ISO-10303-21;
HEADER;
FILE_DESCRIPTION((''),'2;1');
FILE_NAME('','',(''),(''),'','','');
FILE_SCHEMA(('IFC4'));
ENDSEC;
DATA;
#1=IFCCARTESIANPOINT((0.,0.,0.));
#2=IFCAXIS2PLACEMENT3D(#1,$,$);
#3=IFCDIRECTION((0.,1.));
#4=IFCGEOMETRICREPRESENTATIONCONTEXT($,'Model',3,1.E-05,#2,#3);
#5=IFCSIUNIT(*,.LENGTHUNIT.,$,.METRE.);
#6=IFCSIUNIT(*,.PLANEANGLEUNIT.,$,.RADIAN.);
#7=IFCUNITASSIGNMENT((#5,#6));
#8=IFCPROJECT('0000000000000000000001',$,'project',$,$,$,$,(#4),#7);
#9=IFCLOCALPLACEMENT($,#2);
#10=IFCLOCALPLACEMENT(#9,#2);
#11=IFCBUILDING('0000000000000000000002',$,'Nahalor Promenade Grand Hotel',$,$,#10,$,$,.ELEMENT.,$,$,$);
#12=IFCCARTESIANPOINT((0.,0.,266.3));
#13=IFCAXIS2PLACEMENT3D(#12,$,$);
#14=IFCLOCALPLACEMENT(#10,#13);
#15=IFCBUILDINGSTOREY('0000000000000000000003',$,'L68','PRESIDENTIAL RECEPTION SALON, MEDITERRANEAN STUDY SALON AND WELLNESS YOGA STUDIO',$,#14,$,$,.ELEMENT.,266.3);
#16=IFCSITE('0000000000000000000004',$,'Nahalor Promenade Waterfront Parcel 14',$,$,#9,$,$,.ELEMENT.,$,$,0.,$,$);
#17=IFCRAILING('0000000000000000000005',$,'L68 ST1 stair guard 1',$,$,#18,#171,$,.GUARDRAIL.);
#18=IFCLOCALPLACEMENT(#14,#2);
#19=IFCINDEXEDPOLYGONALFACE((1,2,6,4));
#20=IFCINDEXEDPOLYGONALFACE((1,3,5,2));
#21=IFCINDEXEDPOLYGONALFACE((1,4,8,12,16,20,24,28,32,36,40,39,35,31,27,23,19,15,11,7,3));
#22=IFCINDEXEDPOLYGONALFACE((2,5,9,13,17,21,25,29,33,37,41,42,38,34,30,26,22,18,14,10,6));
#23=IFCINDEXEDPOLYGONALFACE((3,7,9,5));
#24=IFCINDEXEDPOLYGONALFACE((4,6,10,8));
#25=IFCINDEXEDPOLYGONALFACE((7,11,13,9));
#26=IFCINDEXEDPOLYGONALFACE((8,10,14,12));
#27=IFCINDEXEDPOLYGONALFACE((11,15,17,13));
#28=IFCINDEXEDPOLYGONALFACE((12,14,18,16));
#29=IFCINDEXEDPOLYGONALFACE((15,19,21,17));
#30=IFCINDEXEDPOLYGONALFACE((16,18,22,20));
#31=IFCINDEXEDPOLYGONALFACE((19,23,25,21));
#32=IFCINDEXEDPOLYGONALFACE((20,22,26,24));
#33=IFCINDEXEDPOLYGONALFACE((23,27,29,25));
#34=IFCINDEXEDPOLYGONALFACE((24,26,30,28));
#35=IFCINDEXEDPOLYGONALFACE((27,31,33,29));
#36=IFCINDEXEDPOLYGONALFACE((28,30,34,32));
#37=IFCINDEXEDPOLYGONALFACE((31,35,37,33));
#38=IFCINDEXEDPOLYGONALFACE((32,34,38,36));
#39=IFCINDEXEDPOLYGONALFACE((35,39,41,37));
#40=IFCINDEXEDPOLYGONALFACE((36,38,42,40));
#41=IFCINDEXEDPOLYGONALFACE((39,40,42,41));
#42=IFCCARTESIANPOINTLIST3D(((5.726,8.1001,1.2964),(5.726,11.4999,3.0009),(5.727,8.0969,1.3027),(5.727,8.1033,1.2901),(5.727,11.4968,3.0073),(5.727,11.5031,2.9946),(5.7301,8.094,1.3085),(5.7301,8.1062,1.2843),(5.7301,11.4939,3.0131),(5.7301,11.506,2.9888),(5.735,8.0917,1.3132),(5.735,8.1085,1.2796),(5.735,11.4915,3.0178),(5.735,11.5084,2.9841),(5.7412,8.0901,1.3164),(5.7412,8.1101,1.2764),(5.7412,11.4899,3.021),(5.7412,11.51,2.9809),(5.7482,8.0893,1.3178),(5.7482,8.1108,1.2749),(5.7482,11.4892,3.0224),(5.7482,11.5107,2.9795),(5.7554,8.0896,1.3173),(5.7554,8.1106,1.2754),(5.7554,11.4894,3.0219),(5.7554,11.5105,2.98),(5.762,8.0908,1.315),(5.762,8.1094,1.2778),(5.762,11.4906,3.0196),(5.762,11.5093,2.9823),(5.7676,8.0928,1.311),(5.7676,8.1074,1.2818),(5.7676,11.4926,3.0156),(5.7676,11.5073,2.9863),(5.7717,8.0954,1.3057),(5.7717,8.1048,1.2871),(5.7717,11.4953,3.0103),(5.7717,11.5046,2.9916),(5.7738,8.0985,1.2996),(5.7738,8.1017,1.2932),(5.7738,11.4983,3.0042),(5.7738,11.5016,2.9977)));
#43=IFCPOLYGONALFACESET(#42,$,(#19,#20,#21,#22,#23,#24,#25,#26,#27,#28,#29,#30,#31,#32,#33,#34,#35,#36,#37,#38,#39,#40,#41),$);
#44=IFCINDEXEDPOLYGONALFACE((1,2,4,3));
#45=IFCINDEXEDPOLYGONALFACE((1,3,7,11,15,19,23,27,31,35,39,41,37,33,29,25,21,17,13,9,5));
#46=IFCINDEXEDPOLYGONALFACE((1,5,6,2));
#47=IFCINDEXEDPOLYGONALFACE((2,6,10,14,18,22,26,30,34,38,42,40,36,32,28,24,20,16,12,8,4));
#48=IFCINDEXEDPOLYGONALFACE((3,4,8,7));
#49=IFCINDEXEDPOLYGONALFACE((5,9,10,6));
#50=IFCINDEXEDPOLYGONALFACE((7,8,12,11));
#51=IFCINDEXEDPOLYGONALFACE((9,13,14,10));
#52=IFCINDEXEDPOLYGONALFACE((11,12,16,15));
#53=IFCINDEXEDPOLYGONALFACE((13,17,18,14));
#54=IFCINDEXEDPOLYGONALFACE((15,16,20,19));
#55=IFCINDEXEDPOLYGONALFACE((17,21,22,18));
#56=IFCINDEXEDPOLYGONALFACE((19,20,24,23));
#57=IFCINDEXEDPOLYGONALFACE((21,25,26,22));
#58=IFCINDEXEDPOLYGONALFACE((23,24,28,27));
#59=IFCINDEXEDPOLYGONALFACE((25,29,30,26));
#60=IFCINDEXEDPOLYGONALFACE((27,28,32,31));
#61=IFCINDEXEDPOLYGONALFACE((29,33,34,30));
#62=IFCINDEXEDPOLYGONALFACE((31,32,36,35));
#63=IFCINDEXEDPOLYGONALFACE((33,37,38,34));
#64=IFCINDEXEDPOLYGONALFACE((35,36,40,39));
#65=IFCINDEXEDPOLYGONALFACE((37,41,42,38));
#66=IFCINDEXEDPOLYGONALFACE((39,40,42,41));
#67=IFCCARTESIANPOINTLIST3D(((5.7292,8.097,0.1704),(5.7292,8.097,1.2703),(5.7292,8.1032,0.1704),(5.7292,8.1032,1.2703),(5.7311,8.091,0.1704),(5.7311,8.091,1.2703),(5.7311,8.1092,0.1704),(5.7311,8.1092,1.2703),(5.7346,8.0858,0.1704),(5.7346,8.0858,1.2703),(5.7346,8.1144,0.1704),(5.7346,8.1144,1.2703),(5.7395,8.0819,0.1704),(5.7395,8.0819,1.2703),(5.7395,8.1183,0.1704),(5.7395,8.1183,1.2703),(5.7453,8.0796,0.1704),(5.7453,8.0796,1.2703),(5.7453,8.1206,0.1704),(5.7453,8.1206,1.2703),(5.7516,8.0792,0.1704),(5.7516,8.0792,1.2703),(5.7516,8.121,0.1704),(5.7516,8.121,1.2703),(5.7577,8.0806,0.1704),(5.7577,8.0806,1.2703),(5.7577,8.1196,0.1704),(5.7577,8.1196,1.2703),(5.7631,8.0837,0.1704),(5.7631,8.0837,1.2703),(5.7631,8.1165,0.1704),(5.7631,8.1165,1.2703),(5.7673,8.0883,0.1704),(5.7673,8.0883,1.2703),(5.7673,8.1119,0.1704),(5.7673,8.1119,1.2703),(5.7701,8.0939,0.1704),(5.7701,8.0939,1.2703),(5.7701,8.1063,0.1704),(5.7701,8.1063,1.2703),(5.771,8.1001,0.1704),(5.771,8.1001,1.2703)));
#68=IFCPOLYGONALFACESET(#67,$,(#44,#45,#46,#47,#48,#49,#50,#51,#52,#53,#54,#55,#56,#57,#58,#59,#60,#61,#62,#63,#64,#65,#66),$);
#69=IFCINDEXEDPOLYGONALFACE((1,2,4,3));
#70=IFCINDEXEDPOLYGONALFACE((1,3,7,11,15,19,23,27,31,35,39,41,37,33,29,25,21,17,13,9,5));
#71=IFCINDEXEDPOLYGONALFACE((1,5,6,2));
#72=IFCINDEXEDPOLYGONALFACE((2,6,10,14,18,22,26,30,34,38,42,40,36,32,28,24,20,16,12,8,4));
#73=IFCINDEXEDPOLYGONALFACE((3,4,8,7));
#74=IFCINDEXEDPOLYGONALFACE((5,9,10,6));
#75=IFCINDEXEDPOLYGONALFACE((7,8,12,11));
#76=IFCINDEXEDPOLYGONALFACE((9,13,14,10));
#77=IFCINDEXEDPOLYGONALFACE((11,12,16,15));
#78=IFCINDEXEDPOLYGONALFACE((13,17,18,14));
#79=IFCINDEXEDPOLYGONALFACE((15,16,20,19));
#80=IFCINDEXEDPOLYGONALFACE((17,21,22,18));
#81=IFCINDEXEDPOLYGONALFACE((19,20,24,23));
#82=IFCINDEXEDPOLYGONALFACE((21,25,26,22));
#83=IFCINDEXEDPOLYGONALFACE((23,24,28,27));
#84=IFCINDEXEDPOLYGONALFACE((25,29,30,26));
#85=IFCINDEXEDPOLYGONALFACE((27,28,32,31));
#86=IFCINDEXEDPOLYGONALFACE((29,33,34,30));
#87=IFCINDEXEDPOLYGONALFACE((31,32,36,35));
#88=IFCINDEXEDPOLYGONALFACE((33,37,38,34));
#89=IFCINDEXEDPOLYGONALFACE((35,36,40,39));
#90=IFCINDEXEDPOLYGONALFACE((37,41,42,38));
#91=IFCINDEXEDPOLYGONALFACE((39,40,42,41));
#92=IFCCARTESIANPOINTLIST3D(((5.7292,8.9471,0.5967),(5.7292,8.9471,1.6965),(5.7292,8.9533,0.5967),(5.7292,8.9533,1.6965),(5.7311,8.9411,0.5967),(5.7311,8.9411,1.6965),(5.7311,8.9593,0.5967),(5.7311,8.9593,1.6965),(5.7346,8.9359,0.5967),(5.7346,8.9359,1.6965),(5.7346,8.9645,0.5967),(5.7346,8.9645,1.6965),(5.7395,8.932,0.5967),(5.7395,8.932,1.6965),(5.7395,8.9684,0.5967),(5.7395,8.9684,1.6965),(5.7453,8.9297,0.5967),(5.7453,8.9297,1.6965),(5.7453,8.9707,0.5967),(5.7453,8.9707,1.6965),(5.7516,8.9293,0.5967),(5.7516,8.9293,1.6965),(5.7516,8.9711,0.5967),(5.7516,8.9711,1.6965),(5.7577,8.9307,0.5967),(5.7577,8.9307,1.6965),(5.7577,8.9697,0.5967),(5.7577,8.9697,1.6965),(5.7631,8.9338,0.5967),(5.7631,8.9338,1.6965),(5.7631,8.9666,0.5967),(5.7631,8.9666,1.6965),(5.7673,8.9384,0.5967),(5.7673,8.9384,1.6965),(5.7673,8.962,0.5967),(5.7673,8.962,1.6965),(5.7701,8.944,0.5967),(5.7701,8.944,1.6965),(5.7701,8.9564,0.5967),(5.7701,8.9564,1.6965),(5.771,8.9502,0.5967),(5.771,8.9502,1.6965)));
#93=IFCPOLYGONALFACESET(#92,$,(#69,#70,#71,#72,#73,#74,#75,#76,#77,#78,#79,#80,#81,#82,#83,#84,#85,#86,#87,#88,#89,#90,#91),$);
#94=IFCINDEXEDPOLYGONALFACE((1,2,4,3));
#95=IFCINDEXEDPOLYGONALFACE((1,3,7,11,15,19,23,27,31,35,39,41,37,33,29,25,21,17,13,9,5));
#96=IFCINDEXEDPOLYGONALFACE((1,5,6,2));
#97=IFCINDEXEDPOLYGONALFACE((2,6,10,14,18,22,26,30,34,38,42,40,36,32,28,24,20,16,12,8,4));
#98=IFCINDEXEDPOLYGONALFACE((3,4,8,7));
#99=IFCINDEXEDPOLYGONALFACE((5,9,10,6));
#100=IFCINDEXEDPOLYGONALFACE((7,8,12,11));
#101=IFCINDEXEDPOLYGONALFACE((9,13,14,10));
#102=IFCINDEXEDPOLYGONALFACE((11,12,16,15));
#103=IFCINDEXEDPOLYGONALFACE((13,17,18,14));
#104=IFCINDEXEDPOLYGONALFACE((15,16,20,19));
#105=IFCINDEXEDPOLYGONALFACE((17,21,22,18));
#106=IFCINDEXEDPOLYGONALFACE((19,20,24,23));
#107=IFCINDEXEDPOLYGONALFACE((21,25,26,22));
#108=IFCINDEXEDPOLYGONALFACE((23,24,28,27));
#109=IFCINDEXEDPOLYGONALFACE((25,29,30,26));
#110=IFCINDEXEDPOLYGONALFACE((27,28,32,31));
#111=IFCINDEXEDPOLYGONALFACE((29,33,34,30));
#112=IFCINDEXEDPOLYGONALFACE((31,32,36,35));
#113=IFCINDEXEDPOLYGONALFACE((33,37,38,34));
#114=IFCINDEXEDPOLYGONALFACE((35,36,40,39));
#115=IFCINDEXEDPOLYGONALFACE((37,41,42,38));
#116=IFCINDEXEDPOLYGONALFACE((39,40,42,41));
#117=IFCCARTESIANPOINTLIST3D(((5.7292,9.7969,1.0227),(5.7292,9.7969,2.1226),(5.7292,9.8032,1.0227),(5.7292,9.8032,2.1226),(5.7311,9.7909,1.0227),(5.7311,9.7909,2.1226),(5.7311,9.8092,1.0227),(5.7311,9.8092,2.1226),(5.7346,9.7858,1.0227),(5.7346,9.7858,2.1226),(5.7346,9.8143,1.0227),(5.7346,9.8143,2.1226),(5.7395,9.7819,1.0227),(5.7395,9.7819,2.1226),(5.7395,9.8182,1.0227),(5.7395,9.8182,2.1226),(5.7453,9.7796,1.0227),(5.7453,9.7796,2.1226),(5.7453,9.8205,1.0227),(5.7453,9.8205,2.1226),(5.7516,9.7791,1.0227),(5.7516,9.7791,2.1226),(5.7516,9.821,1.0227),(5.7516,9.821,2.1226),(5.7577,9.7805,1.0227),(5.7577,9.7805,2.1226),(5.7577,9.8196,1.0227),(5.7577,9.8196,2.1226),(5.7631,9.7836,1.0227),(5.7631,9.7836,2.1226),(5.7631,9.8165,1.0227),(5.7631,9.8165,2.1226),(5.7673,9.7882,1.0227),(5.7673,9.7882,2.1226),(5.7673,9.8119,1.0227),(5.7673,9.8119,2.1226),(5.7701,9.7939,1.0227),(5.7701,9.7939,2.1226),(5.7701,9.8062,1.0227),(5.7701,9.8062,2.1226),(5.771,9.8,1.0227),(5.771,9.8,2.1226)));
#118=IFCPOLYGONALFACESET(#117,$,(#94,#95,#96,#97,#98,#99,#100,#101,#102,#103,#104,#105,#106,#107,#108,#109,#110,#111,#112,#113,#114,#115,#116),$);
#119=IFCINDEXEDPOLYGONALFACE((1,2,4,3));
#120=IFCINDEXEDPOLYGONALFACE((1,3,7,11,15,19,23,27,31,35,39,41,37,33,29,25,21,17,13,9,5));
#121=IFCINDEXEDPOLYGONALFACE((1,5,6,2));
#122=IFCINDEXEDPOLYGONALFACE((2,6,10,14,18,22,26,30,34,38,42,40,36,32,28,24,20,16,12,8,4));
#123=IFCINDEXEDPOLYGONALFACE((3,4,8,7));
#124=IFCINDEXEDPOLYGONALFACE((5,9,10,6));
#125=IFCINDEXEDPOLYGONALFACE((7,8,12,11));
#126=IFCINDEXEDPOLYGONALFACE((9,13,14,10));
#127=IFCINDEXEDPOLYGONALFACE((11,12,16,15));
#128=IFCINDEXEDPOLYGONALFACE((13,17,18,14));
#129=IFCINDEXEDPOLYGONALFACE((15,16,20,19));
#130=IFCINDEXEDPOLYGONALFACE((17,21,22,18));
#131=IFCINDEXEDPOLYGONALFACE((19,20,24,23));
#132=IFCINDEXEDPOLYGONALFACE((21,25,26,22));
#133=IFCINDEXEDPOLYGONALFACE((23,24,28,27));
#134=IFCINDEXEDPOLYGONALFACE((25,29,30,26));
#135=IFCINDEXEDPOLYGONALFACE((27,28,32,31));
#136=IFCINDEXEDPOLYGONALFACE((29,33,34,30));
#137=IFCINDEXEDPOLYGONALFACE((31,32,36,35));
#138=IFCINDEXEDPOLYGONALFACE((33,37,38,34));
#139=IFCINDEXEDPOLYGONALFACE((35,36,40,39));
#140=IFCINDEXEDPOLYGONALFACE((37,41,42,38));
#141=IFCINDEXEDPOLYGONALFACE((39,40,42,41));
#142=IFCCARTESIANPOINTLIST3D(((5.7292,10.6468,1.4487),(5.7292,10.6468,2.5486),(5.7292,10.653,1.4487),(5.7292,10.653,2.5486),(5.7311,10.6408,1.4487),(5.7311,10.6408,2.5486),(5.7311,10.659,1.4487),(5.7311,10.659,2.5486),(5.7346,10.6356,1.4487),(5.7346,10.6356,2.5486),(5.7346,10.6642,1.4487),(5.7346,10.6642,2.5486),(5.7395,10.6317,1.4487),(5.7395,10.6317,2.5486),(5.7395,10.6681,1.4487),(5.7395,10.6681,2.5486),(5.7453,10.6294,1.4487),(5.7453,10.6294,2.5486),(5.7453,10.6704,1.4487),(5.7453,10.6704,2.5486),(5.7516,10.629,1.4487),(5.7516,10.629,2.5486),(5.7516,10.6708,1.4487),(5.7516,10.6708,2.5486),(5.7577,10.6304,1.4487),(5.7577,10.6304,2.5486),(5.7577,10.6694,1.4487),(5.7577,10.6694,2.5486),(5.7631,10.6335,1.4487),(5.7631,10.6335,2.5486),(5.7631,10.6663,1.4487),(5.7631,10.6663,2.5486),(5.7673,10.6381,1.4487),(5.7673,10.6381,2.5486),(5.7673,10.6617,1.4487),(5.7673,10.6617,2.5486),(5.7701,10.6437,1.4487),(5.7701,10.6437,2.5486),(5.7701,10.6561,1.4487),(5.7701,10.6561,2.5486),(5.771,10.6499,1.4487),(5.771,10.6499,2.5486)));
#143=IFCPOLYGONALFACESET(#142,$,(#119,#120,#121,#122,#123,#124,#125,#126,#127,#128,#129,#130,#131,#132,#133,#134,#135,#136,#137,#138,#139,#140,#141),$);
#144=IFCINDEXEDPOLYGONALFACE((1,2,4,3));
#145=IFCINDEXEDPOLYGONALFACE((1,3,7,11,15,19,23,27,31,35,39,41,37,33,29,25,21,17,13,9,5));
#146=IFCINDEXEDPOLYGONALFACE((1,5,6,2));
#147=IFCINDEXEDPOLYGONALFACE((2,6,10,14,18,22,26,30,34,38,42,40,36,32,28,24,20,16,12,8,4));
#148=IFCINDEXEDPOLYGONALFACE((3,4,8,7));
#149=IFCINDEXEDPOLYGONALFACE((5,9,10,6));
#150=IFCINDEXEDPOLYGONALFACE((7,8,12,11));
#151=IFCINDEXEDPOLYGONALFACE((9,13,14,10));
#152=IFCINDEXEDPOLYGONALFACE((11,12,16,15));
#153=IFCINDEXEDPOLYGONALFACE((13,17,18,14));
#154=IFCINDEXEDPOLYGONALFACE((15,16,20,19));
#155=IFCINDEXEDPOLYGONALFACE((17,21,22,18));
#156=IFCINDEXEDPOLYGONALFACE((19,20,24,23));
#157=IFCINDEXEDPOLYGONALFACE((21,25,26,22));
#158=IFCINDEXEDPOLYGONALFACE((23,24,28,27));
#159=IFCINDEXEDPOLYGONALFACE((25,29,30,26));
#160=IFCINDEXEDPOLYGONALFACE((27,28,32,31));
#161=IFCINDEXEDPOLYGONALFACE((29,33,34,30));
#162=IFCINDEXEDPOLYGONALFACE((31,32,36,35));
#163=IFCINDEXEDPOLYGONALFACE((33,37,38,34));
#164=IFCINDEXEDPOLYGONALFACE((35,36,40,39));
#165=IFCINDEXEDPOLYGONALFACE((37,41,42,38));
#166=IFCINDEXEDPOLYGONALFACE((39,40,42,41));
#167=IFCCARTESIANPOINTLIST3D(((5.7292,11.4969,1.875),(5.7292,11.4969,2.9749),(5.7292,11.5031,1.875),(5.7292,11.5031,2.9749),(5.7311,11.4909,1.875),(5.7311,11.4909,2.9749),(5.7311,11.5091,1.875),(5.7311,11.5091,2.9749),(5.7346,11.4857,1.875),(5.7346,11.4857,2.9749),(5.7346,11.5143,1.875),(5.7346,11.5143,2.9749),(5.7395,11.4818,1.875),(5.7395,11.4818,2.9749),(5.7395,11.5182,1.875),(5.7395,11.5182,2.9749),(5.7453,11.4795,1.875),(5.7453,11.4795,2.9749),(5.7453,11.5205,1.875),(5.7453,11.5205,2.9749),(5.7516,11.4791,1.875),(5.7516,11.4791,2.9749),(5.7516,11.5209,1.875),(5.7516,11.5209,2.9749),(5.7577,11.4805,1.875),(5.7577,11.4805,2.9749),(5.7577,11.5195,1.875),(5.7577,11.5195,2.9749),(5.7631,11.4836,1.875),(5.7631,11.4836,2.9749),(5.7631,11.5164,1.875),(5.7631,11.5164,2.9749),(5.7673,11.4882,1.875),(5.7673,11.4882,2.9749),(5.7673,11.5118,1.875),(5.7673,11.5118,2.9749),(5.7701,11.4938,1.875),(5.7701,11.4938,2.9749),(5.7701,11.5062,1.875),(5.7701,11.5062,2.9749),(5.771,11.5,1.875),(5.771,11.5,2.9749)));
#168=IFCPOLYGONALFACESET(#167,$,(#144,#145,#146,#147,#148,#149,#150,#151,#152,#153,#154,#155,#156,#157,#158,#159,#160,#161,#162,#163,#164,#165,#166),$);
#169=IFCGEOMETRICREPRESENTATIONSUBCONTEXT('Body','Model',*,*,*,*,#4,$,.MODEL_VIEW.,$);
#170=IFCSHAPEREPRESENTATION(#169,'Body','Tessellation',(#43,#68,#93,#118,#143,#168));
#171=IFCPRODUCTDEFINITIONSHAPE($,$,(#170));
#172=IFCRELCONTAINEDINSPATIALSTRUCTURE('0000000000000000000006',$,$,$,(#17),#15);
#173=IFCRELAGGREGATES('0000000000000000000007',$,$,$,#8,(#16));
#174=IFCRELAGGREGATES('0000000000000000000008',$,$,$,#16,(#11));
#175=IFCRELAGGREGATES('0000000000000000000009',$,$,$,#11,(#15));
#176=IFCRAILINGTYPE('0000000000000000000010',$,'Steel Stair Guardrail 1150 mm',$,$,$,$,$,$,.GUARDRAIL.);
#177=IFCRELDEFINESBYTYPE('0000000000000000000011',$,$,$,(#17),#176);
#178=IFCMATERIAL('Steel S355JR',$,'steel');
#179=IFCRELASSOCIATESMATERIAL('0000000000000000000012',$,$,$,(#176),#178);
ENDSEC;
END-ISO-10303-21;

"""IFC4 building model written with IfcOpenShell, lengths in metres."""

from ifc_helpers import new_model, si_unit, direction, frame, origin, origin_2d, place, context, subcontext, project, spatial, circle, extrude, material, type_object, element, save


model = new_model("IFC4")

# Units and contexts
model_context = context("Model", 3, precision=1e-05, world=origin(), true_north=direction((0.0, 1.0)))
body_context = subcontext(model_context, "Body", "Model", "MODEL_VIEW")
ifc_project = project(units=[si_unit("LENGTHUNIT", "METRE"), si_unit("PLANEANGLEUNIT", "RADIAN")], contexts=[model_context])

# Site, building, storey
site_placement = place(None, origin())
site = spatial("IfcSite", under=ifc_project, at=site_placement, Name="Nahalor Promenade Waterfront Parcel 14", CompositionType="ELEMENT", RefElevation=0.0)
building_placement = place(site_placement, origin())
building = spatial("IfcBuilding", under=site, at=building_placement, Name="Nahalor Promenade Grand Hotel", CompositionType="ELEMENT")
storey_placement = place(building_placement, frame((0.0, 0.0, 266.3)))
storey = spatial("IfcBuildingStorey", under=building, at=storey_placement, Name="L68", Description="PRESIDENTIAL RECEPTION SALON, MEDITERRANEAN STUDY SALON AND WELLNESS YOGA STUDIO", CompositionType="ELEMENT", Elevation=266.3)

# Shared definitions
ifc_material_1 = material(Name="Steel S355JR", Category="steel")

# Railing
railing_type_1 = type_object("IfcRailingType", Name="Steel Stair Guardrail 1150 mm", PredefinedType="GUARDRAIL", material=ifc_material_1)
railing_1_placement = place(storey_placement, frame((5.75, 8.1001, 0.1704)))
element("IfcRailing", 1, at=railing_1_placement, inside=storey, type_object=railing_type_1, Name="L68 ST1 stair guard 1", PredefinedType="GUARDRAIL", context=body_context, shape_type="SweptSolid", body=[
    extrude(circle(Radius=0.024, at=origin_2d()), frame((0.0, 0.0, 1.126), z_axis=(0.0, 0.893939, 0.448189), x_axis=(-1.0, 0.0, 0.0)), (0.0, 0.0, 1.0), 3.8032),
    extrude(circle(Radius=0.021, at=origin_2d()), origin(), (0.0, 0.0, 1.0), 1.0999),
    extrude(circle(Radius=0.021, at=origin_2d()), frame((0.0, 0.8501, 0.4263)), (0.0, 0.0, 1.0), 1.0999),
    extrude(circle(Radius=0.021, at=origin_2d()), frame((0.0, 1.7, 0.8523)), (0.0, 0.0, 1.0), 1.0999),
    extrude(circle(Radius=0.021, at=origin_2d()), frame((0.0, 2.5498, 1.2783)), (0.0, 0.0, 1.0), 1.0999),
    extrude(circle(Radius=0.021, at=origin_2d()), frame((0.0, 3.3999, 1.7046)), (0.0, 0.0, 1.0), 1.0999),
])

save(model, "model.ifc")
